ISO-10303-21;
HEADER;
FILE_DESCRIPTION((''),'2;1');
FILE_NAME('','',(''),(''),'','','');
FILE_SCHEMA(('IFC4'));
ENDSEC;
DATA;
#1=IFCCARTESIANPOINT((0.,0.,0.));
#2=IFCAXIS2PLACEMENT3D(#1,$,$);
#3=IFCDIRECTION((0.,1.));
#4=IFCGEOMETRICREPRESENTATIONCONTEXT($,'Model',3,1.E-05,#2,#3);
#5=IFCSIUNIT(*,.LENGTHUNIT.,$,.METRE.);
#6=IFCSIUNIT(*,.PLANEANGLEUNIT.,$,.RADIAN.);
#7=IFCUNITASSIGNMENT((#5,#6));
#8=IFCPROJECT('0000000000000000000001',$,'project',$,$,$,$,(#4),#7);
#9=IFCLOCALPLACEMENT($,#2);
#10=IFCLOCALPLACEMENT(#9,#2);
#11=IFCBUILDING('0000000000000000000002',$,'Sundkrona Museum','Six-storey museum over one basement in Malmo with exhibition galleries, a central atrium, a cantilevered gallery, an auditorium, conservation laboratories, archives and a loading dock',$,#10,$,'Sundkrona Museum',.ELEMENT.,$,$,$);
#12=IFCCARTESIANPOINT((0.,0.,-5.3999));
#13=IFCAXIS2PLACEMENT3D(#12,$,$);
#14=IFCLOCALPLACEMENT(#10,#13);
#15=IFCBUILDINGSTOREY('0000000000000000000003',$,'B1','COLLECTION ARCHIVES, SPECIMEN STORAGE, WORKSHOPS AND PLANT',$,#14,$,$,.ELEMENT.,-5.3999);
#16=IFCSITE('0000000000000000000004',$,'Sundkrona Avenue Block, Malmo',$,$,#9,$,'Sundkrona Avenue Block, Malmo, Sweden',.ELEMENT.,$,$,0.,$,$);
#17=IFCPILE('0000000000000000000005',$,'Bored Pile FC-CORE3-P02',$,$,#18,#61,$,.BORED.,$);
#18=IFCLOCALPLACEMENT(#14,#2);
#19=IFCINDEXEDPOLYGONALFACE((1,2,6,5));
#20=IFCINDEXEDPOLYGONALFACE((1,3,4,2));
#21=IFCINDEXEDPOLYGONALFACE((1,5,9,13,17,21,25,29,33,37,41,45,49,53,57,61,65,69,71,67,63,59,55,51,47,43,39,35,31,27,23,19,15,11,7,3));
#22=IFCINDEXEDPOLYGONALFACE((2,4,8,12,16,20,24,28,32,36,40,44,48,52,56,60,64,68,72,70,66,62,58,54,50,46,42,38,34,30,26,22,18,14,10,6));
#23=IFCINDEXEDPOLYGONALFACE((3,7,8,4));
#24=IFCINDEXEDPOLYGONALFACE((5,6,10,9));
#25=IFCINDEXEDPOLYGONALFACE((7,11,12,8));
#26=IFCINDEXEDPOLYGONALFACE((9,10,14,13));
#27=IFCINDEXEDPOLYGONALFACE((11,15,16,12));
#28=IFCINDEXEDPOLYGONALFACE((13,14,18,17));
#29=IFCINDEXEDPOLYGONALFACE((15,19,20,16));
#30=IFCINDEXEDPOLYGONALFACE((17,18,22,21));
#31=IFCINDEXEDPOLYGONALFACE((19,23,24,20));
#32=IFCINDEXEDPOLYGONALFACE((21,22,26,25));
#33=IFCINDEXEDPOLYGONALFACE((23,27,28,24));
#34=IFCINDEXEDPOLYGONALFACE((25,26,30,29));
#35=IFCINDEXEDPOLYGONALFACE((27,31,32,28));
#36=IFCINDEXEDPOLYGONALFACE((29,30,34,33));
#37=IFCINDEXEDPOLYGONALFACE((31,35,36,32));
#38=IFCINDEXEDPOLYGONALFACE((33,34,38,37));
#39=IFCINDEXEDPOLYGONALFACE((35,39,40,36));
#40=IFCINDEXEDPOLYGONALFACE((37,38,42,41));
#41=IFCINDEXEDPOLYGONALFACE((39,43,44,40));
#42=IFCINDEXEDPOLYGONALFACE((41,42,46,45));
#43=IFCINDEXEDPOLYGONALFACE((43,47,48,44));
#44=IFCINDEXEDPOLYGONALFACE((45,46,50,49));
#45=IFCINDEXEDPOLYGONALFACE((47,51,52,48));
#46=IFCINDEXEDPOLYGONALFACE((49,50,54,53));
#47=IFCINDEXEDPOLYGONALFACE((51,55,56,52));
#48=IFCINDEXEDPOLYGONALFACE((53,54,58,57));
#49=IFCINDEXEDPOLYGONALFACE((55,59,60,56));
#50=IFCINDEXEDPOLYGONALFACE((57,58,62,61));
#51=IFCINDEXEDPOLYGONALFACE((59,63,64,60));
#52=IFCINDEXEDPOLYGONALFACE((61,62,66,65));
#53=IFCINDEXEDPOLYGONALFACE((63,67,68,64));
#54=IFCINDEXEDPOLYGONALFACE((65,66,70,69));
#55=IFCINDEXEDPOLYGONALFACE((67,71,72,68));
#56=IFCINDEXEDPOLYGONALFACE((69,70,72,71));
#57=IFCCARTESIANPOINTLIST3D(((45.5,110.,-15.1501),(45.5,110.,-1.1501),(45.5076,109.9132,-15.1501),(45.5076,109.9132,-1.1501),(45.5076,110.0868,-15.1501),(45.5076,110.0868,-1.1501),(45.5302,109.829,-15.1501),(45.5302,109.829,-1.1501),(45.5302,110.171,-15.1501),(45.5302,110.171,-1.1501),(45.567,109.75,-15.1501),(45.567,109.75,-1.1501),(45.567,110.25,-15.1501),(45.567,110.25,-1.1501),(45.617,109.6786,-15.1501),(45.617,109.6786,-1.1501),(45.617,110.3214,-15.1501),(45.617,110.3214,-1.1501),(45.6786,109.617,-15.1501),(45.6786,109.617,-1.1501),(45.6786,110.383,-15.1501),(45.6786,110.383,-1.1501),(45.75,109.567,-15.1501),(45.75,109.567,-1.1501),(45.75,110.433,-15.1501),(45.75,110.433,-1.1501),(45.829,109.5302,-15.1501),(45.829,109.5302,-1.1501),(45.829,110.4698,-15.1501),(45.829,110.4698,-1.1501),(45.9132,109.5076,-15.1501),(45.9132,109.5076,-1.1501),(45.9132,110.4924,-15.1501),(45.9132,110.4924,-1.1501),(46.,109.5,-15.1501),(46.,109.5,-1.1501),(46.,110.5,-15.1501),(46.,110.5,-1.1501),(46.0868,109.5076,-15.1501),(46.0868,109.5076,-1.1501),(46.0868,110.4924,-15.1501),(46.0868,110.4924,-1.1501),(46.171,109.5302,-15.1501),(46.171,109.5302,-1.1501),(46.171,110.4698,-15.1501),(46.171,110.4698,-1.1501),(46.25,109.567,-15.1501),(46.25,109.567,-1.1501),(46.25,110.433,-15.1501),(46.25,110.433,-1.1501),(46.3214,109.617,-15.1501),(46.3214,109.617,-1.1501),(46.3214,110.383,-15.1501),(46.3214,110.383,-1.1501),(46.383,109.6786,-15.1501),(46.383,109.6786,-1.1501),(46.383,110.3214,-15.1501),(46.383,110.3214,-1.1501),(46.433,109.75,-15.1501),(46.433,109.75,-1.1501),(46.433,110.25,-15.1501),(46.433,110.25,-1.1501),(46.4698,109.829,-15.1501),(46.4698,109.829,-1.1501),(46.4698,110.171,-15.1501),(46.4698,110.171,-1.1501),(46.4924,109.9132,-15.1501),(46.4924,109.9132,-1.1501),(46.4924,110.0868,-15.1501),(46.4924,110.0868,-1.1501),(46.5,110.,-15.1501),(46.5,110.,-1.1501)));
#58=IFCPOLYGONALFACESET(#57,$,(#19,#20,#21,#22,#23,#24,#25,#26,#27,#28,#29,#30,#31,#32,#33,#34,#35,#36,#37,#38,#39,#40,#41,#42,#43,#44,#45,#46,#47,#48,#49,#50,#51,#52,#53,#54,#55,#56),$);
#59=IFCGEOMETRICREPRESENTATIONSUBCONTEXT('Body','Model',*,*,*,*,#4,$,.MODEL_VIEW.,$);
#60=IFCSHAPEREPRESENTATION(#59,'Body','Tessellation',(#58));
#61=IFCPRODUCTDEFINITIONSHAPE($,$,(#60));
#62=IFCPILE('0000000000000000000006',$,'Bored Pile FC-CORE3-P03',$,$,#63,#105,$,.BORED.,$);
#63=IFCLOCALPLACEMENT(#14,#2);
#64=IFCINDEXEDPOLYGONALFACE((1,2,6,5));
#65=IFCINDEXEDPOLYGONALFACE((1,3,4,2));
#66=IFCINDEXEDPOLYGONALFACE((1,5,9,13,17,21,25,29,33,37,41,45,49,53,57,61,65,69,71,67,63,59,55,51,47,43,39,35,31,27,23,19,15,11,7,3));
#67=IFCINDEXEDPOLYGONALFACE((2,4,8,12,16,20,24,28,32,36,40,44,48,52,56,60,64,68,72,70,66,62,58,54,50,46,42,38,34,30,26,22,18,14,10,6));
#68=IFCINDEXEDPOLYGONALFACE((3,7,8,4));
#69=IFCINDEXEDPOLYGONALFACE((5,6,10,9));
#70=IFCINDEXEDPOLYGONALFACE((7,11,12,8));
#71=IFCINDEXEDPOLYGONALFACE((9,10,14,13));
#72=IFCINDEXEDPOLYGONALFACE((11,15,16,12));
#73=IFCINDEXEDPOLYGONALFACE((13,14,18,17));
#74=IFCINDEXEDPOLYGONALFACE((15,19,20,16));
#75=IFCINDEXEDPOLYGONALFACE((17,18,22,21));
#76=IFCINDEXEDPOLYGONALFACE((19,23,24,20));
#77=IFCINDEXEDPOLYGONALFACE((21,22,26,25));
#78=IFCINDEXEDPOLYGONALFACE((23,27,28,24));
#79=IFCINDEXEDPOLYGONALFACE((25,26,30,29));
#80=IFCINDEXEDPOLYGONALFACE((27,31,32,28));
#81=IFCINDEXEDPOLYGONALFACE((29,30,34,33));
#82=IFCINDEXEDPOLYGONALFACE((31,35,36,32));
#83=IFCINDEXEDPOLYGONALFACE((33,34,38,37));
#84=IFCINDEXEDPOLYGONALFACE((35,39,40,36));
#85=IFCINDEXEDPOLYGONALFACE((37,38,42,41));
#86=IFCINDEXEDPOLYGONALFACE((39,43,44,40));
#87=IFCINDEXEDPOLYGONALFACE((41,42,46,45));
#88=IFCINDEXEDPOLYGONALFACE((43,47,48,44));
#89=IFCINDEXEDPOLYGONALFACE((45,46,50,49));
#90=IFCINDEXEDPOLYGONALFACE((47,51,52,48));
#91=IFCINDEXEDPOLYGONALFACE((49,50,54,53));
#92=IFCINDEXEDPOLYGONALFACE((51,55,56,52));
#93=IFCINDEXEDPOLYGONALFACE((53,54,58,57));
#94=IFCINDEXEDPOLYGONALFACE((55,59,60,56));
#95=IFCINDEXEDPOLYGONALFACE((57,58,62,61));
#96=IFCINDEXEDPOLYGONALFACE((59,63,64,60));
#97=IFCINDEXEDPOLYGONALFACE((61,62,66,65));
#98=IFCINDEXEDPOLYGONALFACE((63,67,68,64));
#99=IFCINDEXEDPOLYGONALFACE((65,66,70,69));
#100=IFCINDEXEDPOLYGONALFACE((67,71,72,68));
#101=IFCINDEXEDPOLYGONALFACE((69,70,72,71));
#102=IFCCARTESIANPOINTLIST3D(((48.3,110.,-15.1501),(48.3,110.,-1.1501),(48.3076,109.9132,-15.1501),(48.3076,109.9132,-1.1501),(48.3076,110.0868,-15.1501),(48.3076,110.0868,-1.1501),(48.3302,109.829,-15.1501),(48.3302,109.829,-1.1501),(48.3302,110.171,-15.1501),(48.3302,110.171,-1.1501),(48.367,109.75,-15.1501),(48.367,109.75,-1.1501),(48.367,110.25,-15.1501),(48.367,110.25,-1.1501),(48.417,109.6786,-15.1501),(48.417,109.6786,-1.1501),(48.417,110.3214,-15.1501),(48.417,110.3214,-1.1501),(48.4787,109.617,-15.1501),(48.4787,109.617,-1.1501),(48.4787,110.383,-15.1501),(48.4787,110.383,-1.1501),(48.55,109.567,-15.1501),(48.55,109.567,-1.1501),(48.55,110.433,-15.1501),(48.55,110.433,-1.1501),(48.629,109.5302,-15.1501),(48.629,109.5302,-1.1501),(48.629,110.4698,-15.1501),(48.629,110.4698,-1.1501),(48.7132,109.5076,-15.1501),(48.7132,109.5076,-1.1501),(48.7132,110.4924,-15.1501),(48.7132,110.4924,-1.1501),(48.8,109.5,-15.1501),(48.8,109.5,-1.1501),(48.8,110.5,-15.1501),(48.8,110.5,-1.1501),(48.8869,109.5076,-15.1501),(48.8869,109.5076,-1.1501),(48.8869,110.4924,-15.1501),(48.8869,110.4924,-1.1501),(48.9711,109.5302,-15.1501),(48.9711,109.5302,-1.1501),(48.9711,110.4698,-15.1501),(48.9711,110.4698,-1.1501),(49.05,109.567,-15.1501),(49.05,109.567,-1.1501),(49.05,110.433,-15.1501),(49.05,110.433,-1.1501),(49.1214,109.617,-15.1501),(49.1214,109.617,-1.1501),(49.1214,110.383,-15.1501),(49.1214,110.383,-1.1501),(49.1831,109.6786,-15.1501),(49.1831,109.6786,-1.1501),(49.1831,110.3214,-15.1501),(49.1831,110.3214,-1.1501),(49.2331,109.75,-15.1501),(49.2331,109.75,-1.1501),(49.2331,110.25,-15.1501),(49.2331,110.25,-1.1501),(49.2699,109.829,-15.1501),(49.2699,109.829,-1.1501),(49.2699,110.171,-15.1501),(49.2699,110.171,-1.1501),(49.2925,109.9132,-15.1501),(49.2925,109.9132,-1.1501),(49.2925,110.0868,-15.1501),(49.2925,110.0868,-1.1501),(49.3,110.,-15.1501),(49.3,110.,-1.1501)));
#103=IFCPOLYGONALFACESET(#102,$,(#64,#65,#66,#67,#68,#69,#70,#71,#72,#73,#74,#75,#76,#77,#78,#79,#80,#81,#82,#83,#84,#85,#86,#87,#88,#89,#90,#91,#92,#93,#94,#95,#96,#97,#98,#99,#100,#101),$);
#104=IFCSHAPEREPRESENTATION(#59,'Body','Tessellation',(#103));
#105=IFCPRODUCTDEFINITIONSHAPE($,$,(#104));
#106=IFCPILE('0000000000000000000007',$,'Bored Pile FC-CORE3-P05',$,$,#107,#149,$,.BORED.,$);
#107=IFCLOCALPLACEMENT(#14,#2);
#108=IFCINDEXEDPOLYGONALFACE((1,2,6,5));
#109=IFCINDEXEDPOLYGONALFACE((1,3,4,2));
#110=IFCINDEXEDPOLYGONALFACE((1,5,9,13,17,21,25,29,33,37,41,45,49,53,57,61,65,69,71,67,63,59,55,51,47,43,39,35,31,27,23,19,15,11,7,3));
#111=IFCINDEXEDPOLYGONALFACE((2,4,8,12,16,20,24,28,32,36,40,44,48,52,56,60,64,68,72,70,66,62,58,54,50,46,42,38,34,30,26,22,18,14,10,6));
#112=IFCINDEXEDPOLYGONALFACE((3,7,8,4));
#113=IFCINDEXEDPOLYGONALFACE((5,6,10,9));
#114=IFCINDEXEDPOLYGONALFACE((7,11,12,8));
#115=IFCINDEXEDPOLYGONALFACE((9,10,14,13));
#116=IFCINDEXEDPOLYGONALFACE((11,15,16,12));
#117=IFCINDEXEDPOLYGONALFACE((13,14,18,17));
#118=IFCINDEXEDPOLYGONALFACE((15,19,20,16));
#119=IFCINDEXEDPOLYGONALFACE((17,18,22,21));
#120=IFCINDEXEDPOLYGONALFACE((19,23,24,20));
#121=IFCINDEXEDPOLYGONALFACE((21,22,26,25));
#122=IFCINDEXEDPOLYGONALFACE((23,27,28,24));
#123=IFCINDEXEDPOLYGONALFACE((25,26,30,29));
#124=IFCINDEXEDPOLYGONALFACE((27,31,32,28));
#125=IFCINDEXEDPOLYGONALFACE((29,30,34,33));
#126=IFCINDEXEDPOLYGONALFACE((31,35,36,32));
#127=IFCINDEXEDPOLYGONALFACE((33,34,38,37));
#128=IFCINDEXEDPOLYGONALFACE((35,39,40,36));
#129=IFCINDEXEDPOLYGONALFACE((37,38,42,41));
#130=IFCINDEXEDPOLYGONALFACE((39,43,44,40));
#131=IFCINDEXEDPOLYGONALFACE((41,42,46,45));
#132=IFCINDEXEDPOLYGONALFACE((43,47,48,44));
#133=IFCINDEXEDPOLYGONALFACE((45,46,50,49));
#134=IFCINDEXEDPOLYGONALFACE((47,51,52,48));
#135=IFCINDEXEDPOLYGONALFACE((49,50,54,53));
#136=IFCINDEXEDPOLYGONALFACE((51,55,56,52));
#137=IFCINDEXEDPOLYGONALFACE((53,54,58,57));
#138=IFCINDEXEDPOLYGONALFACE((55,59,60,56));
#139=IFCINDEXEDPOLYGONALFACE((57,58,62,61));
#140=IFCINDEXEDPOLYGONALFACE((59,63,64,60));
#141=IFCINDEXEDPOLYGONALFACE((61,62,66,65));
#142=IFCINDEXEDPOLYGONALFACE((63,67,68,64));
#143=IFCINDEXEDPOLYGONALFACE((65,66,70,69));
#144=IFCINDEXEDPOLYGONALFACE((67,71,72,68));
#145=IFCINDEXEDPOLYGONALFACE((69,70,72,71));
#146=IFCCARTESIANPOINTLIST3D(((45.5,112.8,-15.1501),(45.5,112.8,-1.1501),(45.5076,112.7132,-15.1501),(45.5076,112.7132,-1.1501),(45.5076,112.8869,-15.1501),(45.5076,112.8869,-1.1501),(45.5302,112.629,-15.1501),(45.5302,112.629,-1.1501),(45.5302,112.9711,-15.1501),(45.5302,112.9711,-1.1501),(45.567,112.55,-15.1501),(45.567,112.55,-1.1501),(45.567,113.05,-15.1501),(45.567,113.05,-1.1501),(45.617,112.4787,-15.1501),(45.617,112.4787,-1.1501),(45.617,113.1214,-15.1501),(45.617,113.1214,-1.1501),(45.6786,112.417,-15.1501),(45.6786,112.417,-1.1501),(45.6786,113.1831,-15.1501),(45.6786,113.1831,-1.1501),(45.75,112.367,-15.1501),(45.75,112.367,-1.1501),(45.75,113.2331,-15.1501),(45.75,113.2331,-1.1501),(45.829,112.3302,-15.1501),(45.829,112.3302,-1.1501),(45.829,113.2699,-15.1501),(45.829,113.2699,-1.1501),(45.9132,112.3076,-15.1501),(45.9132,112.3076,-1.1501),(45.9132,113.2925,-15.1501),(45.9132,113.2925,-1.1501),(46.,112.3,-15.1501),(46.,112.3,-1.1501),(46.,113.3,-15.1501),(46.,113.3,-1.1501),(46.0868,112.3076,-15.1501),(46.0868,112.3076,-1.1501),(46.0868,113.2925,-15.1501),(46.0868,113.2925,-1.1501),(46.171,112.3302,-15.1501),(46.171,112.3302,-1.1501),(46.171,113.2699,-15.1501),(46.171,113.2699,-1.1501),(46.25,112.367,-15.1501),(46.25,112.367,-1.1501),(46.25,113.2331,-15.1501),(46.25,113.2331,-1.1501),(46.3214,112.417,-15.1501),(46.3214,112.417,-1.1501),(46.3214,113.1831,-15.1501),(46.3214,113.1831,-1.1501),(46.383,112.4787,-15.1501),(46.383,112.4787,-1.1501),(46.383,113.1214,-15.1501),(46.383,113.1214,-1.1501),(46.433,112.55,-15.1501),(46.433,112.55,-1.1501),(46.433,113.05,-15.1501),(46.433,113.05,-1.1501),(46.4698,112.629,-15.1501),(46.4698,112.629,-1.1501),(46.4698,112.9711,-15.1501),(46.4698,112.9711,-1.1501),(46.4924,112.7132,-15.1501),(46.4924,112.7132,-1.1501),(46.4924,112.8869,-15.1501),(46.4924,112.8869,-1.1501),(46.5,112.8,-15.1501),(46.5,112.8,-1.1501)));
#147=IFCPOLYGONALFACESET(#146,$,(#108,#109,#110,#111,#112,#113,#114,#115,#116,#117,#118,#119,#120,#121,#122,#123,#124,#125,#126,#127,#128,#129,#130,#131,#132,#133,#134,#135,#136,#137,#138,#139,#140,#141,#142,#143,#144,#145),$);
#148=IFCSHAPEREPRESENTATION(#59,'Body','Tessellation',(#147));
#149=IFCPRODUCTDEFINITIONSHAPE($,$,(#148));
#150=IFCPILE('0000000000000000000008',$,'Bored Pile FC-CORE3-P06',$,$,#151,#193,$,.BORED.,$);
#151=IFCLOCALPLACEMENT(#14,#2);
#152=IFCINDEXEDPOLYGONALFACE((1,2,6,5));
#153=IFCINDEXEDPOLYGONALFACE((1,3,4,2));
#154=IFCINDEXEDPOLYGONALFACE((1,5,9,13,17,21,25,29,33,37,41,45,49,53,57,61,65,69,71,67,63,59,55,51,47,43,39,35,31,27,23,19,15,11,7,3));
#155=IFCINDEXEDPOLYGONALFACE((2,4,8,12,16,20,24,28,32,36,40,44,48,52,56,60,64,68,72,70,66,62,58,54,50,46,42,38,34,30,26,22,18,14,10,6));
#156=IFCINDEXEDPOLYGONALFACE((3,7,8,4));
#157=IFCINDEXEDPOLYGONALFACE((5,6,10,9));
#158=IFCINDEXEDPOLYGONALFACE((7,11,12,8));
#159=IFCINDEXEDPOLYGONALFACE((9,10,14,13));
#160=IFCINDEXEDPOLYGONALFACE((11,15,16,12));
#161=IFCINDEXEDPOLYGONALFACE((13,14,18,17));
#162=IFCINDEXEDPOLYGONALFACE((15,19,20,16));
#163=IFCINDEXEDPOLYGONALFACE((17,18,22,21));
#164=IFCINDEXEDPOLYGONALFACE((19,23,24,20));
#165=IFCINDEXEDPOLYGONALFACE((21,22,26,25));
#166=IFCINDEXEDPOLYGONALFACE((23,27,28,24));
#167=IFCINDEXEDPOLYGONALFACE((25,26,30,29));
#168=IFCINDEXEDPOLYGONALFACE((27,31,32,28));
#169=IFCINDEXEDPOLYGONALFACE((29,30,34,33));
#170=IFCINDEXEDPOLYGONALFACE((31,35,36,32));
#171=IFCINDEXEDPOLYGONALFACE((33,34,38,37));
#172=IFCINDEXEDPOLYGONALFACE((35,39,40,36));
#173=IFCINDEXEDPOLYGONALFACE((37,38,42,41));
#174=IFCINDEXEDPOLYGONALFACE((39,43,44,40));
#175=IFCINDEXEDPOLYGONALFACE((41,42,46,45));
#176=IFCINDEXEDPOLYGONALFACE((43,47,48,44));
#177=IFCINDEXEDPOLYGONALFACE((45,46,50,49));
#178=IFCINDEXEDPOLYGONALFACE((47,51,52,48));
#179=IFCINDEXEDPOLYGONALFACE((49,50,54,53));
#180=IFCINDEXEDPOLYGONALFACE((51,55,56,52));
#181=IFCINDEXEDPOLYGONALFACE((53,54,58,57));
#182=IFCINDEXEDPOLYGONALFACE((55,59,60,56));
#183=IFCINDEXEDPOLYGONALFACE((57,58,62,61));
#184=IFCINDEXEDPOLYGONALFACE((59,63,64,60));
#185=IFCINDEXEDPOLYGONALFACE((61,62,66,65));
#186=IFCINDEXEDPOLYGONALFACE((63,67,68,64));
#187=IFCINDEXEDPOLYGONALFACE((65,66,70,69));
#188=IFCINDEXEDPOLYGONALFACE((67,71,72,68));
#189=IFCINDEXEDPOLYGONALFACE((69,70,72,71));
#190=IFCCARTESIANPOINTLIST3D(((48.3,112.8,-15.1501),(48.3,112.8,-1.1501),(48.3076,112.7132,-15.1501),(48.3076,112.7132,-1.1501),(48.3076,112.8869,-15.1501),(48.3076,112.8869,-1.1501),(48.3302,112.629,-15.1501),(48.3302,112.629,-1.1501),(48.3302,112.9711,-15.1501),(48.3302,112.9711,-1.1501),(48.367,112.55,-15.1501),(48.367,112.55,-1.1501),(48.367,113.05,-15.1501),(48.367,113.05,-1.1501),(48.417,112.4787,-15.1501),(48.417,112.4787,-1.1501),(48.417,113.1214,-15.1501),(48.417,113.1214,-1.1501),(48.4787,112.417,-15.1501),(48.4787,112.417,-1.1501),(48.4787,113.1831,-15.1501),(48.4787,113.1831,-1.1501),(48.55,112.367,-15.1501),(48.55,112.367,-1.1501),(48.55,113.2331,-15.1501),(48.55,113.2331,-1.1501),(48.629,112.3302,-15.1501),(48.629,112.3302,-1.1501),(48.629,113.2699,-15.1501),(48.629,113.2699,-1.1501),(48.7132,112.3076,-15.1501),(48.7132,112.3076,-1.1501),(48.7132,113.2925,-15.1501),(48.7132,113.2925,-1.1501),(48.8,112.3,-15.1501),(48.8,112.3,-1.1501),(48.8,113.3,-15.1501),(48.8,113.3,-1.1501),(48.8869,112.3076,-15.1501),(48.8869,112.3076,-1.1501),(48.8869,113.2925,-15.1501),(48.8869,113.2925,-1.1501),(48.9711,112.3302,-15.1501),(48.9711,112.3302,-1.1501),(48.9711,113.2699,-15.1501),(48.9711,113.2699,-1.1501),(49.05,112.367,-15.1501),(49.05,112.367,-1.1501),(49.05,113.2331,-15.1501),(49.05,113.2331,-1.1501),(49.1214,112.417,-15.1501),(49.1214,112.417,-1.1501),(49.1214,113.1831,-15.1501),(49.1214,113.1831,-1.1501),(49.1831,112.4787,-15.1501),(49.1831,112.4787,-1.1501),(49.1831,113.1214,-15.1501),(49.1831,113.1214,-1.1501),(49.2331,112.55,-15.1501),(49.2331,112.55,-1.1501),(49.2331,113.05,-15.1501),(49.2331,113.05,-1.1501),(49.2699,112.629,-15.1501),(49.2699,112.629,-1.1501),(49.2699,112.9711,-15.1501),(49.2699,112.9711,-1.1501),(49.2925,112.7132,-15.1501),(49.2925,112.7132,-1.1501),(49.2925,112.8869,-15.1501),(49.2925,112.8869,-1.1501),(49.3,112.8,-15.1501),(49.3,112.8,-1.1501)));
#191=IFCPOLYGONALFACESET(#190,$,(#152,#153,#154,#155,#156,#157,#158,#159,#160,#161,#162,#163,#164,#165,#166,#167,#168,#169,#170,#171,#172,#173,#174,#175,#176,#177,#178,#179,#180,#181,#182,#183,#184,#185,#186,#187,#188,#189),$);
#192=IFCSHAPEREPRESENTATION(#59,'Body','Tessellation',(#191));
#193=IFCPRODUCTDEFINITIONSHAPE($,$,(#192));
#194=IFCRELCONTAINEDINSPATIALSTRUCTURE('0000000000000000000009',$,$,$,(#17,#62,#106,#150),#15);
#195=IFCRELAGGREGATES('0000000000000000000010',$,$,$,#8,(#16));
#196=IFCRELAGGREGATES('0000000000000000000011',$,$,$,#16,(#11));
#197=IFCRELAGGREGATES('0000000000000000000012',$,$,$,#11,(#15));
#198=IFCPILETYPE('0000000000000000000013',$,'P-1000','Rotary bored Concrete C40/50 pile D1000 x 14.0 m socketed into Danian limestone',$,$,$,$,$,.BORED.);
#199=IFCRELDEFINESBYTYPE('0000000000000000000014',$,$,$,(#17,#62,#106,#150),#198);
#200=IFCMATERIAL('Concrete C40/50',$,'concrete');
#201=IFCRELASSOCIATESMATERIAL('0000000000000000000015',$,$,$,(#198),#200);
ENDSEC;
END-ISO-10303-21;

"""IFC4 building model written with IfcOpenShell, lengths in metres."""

from ifc_helpers import new_model, si_unit, direction, frame, origin, origin_2d, place, context, subcontext, project, spatial, circle, extrude, material, material_profile, profile_set, type_object, element, save


model = new_model("IFC4")

# Units and contexts
model_context = context("Model", 3, precision=1e-05, world=origin(), true_north=direction((0.0, 1.0)))
body_context = subcontext(model_context, "Body", "Model", "MODEL_VIEW")
ifc_project = project(units=[si_unit("LENGTHUNIT", "METRE"), si_unit("PLANEANGLEUNIT", "RADIAN")], contexts=[model_context])

# Site, building, storey
site_placement = place(None, origin())
site = spatial("IfcSite", under=ifc_project, at=site_placement, Name="Sundkrona Avenue Block, Malmo", LongName="Sundkrona Avenue Block, Malmo, Sweden", CompositionType="ELEMENT", RefElevation=0.0)
building_placement = place(site_placement, origin())
building = spatial("IfcBuilding", under=site, at=building_placement, Name="Sundkrona Museum", Description="Six-storey museum over one basement in Malmo with exhibition galleries, a central atrium, a cantilevered gallery, an auditorium, conservation laboratories, archives and a loading dock", LongName="Sundkrona Museum", CompositionType="ELEMENT")
storey_placement = place(building_placement, frame((0.0, 0.0, -5.3999)))
storey = spatial("IfcBuildingStorey", under=building, at=storey_placement, Name="B1", Description="COLLECTION ARCHIVES, SPECIMEN STORAGE, WORKSHOPS AND PLANT", CompositionType="ELEMENT", Elevation=-5.3999)

# Piles
ifc_material_1 = material(Name="Concrete C40/50", Category="concrete")
ifc_material_profile_1 = material_profile(ifc_material_1, circle(Radius=0.5, at=origin_2d()), Name="PILE D1000")
ifc_profile_set_1 = profile_set([ifc_material_profile_1], Name="Concrete C40/50")
pile_type_1 = type_object("IfcPileType", Name="P-1000", Description="Rotary bored Concrete C40/50 pile D1000 x 14.0 m socketed into Danian limestone", PredefinedType="BORED", material=ifc_profile_set_1)
for number, where, z_axis, x_axis, name in (
    (1, (46.0, 110.0, -1.1501), (0.0, 0.0, -1.0), (1.0, 0.0, 0.0), "Bored Pile FC-CORE3-P02"),
    (2, (48.8, 110.0, -1.1501), (0.0, 0.0, -1.0), (1.0, 0.0, 0.0), "Bored Pile FC-CORE3-P03"),
    (3, (46.0, 112.8, -1.1501), (0.0, 0.0, -1.0), (1.0, 0.0, 0.0), "Bored Pile FC-CORE3-P05"),
    (4, (48.8, 112.8, -1.1501), (0.0, 0.0, -1.0), (1.0, 0.0, 0.0), "Bored Pile FC-CORE3-P06"),
):
    element("IfcPile", number, at=place(storey_placement, frame(where, z_axis=z_axis, x_axis=x_axis)), inside=storey, type_object=pile_type_1, Name=name, PredefinedType="BORED", context=body_context, shape_type="SweptSolid", body=[
        extrude(circle(Radius=0.5, at=origin_2d()), origin(), (0.0, 0.0, 1.0), 14.0),
    ])

save(model, "model.ifc")
